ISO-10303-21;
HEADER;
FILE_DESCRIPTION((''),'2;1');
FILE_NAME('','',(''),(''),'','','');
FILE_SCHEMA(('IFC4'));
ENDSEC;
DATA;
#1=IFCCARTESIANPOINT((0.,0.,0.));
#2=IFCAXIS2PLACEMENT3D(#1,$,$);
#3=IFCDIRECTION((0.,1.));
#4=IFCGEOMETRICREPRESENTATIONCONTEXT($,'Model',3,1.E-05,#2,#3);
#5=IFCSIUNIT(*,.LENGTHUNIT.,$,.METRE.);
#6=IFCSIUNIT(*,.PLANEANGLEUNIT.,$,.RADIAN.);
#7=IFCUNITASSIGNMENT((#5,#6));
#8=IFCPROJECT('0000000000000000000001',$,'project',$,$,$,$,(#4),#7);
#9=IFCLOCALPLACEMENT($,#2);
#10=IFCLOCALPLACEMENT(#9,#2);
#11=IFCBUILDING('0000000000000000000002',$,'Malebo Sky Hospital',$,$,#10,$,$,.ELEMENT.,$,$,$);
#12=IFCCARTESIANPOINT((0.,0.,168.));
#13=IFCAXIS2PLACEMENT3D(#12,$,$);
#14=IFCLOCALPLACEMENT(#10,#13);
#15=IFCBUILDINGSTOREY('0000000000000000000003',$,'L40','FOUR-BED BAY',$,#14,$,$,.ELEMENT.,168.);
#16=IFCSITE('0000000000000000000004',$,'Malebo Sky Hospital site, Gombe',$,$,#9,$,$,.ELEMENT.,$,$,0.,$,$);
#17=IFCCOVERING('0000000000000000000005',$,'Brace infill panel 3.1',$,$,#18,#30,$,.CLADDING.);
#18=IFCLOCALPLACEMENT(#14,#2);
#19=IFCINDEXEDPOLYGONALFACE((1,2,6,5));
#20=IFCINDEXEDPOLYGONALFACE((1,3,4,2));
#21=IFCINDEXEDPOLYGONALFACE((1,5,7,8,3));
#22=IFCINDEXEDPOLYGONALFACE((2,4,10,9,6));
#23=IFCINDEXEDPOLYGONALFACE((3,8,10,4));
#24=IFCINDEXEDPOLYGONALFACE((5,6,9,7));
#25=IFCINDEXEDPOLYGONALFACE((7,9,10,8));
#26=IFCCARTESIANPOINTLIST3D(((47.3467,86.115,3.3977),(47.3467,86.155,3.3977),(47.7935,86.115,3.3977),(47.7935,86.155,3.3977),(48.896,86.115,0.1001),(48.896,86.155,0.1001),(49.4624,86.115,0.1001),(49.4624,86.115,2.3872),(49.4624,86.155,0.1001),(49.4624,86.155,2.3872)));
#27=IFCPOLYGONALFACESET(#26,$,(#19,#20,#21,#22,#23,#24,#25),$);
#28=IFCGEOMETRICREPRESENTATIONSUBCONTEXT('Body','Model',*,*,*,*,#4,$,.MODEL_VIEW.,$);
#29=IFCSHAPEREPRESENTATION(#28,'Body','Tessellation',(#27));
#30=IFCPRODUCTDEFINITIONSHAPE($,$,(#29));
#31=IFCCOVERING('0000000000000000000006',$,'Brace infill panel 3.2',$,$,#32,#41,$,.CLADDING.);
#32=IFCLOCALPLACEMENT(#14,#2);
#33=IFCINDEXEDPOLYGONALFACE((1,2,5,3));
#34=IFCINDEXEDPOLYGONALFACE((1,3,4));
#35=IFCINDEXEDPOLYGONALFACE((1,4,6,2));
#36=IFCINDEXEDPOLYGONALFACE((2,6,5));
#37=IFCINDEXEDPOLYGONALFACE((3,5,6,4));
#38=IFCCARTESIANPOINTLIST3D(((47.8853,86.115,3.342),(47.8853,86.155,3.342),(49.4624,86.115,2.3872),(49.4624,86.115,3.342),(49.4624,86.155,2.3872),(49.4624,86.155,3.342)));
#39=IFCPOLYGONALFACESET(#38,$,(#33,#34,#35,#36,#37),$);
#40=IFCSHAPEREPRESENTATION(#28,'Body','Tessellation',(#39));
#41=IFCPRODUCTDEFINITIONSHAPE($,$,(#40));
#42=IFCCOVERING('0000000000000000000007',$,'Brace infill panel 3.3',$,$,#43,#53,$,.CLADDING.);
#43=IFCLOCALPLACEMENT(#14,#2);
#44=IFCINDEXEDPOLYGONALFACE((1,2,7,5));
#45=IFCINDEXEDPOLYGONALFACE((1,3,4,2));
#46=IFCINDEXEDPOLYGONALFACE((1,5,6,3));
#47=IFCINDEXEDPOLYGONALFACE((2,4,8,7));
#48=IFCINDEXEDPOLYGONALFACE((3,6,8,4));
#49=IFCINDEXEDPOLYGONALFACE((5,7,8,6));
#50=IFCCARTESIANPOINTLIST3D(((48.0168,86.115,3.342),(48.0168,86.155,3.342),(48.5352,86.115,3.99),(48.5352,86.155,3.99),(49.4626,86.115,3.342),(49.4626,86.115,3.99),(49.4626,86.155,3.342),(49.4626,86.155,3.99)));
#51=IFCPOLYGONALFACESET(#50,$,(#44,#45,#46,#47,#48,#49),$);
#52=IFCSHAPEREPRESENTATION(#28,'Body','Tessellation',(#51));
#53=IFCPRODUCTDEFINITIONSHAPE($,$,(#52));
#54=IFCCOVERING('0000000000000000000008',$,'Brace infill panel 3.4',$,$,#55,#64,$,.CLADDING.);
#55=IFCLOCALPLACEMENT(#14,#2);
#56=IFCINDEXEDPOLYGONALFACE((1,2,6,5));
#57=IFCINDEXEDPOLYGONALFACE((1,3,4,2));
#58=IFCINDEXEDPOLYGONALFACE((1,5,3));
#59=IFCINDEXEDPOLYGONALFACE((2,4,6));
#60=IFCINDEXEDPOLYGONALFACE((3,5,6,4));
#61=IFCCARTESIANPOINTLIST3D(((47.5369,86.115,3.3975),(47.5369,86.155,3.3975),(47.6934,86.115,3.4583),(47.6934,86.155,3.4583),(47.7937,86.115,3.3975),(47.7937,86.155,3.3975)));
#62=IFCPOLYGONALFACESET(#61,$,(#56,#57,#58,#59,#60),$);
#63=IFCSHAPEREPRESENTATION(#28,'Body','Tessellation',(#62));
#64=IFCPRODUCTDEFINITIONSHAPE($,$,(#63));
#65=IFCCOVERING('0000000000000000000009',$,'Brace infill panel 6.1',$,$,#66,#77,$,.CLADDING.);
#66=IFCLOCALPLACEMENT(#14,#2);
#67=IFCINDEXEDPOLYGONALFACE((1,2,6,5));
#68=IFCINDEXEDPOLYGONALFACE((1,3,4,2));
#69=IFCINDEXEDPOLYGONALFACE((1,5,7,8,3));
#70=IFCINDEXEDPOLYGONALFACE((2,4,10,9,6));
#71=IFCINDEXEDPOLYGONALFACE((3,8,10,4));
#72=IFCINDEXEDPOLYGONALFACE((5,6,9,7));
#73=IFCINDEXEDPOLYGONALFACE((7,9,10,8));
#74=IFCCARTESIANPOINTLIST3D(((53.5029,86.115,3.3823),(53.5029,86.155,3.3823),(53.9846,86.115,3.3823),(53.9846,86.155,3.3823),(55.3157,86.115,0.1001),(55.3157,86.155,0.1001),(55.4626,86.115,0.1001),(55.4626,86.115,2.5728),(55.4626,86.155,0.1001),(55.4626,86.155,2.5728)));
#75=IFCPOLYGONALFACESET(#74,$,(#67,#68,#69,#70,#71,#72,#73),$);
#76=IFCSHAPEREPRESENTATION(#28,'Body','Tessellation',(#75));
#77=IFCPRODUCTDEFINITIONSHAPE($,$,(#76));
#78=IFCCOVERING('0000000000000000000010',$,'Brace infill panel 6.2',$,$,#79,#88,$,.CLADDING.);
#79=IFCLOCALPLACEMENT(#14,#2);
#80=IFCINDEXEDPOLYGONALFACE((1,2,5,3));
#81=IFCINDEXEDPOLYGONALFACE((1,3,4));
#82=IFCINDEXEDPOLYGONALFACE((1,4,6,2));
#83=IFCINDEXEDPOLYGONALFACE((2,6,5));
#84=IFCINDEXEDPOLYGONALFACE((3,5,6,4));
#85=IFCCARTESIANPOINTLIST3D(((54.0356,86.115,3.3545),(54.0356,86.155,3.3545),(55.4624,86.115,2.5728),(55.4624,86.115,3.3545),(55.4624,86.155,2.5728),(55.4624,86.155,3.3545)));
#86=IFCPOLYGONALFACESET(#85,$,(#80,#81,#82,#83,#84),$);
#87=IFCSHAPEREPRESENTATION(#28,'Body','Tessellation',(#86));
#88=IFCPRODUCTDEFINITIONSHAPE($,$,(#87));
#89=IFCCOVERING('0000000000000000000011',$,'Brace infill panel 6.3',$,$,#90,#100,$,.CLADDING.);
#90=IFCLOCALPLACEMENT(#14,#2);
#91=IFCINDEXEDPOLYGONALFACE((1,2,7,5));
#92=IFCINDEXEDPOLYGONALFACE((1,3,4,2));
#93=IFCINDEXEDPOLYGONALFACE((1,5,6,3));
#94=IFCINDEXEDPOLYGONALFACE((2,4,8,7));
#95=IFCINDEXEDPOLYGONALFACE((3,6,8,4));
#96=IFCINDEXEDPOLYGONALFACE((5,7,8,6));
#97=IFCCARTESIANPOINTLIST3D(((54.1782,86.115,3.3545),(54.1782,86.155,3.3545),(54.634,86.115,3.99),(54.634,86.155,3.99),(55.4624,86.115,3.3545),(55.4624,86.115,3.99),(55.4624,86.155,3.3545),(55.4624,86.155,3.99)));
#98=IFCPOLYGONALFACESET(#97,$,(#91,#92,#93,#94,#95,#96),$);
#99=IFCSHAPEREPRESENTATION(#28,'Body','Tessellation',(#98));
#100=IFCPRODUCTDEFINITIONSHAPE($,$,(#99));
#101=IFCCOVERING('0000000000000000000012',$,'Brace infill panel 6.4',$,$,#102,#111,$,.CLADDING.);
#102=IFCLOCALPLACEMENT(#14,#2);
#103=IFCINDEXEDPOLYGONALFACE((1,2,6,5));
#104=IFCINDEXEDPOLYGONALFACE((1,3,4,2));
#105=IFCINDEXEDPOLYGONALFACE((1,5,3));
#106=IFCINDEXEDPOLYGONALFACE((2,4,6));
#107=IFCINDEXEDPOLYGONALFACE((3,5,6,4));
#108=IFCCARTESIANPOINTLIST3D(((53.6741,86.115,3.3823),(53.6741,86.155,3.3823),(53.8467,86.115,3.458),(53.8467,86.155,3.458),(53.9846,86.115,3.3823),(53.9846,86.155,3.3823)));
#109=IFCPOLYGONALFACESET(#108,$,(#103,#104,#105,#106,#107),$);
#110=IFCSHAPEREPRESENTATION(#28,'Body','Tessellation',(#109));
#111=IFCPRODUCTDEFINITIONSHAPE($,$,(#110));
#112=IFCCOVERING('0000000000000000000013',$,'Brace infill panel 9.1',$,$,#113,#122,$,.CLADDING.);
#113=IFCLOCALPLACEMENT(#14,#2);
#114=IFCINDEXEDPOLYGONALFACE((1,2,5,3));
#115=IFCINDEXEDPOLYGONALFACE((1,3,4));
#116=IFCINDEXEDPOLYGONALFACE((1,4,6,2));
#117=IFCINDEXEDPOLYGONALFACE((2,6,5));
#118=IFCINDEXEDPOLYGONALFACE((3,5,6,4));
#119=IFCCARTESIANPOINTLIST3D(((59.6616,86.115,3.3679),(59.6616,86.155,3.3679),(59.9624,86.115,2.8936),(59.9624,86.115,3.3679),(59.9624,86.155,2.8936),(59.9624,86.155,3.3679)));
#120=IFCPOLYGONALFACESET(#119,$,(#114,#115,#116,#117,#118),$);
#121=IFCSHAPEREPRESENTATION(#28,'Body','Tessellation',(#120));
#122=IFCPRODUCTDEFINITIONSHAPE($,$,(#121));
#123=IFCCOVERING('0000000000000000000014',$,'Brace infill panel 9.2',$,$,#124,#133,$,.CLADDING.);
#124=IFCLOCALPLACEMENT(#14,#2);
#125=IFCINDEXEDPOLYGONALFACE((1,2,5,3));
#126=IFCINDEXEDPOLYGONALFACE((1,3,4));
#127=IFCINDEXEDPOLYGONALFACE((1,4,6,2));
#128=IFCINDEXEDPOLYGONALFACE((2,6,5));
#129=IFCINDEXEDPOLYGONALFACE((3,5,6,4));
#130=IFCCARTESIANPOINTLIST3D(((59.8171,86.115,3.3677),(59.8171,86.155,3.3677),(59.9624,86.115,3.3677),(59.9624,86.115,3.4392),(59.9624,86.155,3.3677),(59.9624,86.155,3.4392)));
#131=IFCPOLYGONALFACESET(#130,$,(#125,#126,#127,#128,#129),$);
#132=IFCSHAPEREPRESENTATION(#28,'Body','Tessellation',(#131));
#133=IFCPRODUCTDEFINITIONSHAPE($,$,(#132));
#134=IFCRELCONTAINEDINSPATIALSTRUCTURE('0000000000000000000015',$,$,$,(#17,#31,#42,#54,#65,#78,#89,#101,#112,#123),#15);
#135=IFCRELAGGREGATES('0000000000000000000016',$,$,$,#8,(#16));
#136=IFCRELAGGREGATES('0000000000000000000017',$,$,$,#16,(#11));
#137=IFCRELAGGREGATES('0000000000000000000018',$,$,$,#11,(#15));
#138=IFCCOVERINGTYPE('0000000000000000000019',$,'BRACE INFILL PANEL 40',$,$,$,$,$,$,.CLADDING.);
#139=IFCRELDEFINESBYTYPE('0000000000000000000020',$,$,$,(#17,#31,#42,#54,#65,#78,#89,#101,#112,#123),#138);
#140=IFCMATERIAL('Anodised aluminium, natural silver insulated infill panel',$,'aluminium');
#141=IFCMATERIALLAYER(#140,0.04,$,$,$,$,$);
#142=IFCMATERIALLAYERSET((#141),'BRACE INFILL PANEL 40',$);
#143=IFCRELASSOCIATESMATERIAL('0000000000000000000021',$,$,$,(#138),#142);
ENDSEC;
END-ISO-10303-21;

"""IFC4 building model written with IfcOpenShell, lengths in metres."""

from ifc_helpers import new_model, si_unit, direction, frame, origin, place, context, subcontext, project, spatial, polyline, outline, extrude, material, layer, layer_set, type_object, element, save


model = new_model("IFC4")

# Units and contexts
model_context = context("Model", 3, precision=1e-05, world=origin(), true_north=direction((0.0, 1.0)))
body_context = subcontext(model_context, "Body", "Model", "MODEL_VIEW")
ifc_project = project(units=[si_unit("LENGTHUNIT", "METRE"), si_unit("PLANEANGLEUNIT", "RADIAN")], contexts=[model_context])

# Site, building, storey
site_placement = place(None, origin())
site = spatial("IfcSite", under=ifc_project, at=site_placement, Name="Malebo Sky Hospital site, Gombe", CompositionType="ELEMENT", RefElevation=0.0)
building_placement = place(site_placement, origin())
building = spatial("IfcBuilding", under=site, at=building_placement, Name="Malebo Sky Hospital", CompositionType="ELEMENT")
storey_placement = place(building_placement, frame((0.0, 0.0, 168.0)))
storey = spatial("IfcBuildingStorey", under=building, at=storey_placement, Name="L40", Description="FOUR-BED BAY", CompositionType="ELEMENT", Elevation=168.0)

# Coverings
ifc_material_1 = material(Name="Anodised aluminium, natural silver insulated infill panel", Category="aluminium")
ifc_layer_1 = layer(ifc_material_1, 0.04)
ifc_layer_set_1 = layer_set([ifc_layer_1], Name="BRACE INFILL PANEL 40")
covering_type = type_object("IfcCoveringType", Name="BRACE INFILL PANEL 40", PredefinedType="CLADDING", material=ifc_layer_set_1)
covering_1_placement = place(storey_placement, frame((48.4045, 86.135, 0.1001), z_axis=(0.0, 0.0, 1.0), x_axis=(1.0, 0.0, 0.0)))
element("IfcCovering", 1, at=covering_1_placement, inside=storey, type_object=covering_type, Name="Brace infill panel 3.1", PredefinedType="CLADDING", context=body_context, shape_type="SweptSolid", body=[
    extrude(outline(polyline([(0.4915, 0.0), (1.0579, 0.0), (1.0579, 2.2871), (-0.6111, 3.2976), (-1.0579, 3.2976), (0.4915, 0.0)])), frame((0.0, 0.02, 0.0), z_axis=(0.0, -1.0, 0.0), x_axis=(1.0, 0.0, 0.0)), (0.0, 0.0, 1.0), 0.04),
])
covering_2_placement = place(storey_placement, frame((48.6738, 86.135, 2.3872), z_axis=(0.0, 0.0, 1.0), x_axis=(1.0, 0.0, 0.0)))
element("IfcCovering", 2, at=covering_2_placement, inside=storey, type_object=covering_type, Name="Brace infill panel 3.2", PredefinedType="CLADDING", context=body_context, shape_type="SweptSolid", body=[
    extrude(outline(polyline([(0.7886, 0.0), (0.7886, 0.9548), (-0.7886, 0.9548), (0.7886, 0.0)])), frame((0.0, 0.02, 0.0), z_axis=(0.0, -1.0, 0.0), x_axis=(1.0, 0.0, 0.0)), (0.0, 0.0, 1.0), 0.04),
])
covering_3_placement = place(storey_placement, frame((48.7397, 86.135, 3.342), z_axis=(0.0, 0.0, 1.0), x_axis=(1.0, 0.0, 0.0)))
element("IfcCovering", 3, at=covering_3_placement, inside=storey, type_object=covering_type, Name="Brace infill panel 3.3", PredefinedType="CLADDING", context=body_context, shape_type="SweptSolid", body=[
    extrude(outline(polyline([(-0.7229, 0.0), (0.7229, 0.0), (0.7229, 0.6479), (-0.2046, 0.6479), (-0.7229, 0.0)])), frame((0.0, 0.02, 0.0), z_axis=(0.0, -1.0, 0.0), x_axis=(1.0, 0.0, 0.0)), (0.0, 0.0, 1.0), 0.04),
])
covering_4_placement = place(storey_placement, frame((47.6653, 86.135, 3.3975), z_axis=(0.0, 0.0, 1.0), x_axis=(1.0, 0.0, 0.0)))
element("IfcCovering", 4, at=covering_4_placement, inside=storey, type_object=covering_type, Name="Brace infill panel 3.4", PredefinedType="CLADDING", context=body_context, shape_type="SweptSolid", body=[
    extrude(outline(polyline([(-0.1284, 0.0), (0.1284, 0.0), (0.0281, 0.0608), (-0.1284, 0.0)])), frame((0.0, 0.02, 0.0), z_axis=(0.0, -1.0, 0.0), x_axis=(1.0, 0.0, 0.0)), (0.0, 0.0, 1.0), 0.04),
])
covering_5_placement = place(storey_placement, frame((54.4827, 86.135, 0.1001), z_axis=(0.0, 0.0, 1.0), x_axis=(1.0, 0.0, 0.0)))
element("IfcCovering", 5, at=covering_5_placement, inside=storey, type_object=covering_type, Name="Brace infill panel 6.1", PredefinedType="CLADDING", context=body_context, shape_type="SweptSolid", body=[
    extrude(outline(polyline([(0.833, 0.0), (0.98, 0.0), (0.98, 2.4727), (-0.498, 3.2822), (-0.9797, 3.2822), (0.833, 0.0)])), frame((0.0, 0.02, 0.0), z_axis=(0.0, -1.0, 0.0), x_axis=(1.0, 0.0, 0.0)), (0.0, 0.0, 1.0), 0.04),
])
covering_6_placement = place(storey_placement, frame((54.749, 86.135, 2.5728), z_axis=(0.0, 0.0, 1.0), x_axis=(1.0, 0.0, 0.0)))
element("IfcCovering", 6, at=covering_6_placement, inside=storey, type_object=covering_type, Name="Brace infill panel 6.2", PredefinedType="CLADDING", context=body_context, shape_type="SweptSolid", body=[
    extrude(outline(polyline([(0.7134, 0.0), (0.7134, 0.7817), (-0.7134, 0.7817), (0.7134, 0.0)])), frame((0.0, 0.02, 0.0), z_axis=(0.0, -1.0, 0.0), x_axis=(1.0, 0.0, 0.0)), (0.0, 0.0, 1.0), 0.04),
])
covering_7_placement = place(storey_placement, frame((54.8203, 86.135, 3.3545), z_axis=(0.0, 0.0, 1.0), x_axis=(1.0, 0.0, 0.0)))
element("IfcCovering", 7, at=covering_7_placement, inside=storey, type_object=covering_type, Name="Brace infill panel 6.3", PredefinedType="CLADDING", context=body_context, shape_type="SweptSolid", body=[
    extrude(outline(polyline([(-0.6421, 0.0), (0.6421, 0.0), (0.6421, 0.6355), (-0.1863, 0.6355), (-0.6421, 0.0)])), frame((0.0, 0.02, 0.0), z_axis=(0.0, -1.0, 0.0), x_axis=(1.0, 0.0, 0.0)), (0.0, 0.0, 1.0), 0.04),
])
covering_8_placement = place(storey_placement, frame((53.8293, 86.135, 3.3823), z_axis=(0.0, 0.0, 1.0), x_axis=(1.0, 0.0, 0.0)))
element("IfcCovering", 8, at=covering_8_placement, inside=storey, type_object=covering_type, Name="Brace infill panel 6.4", PredefinedType="CLADDING", context=body_context, shape_type="SweptSolid", body=[
    extrude(outline(polyline([(-0.1553, 0.0), (0.1553, 0.0), (0.0173, 0.0757), (-0.1553, 0.0)])), frame((0.0, 0.02, 0.0), z_axis=(0.0, -1.0, 0.0), x_axis=(1.0, 0.0, 0.0)), (0.0, 0.0, 1.0), 0.04),
])
covering_9_placement = place(storey_placement, frame((59.812, 86.135, 2.8936), z_axis=(0.0, 0.0, 1.0), x_axis=(1.0, 0.0, 0.0)))
element("IfcCovering", 9, at=covering_9_placement, inside=storey, type_object=covering_type, Name="Brace infill panel 9.1", PredefinedType="CLADDING", context=body_context, shape_type="SweptSolid", body=[
    extrude(outline(polyline([(0.1504, 0.0), (0.1504, 0.4744), (-0.1504, 0.4744), (0.1504, 0.0)])), frame((0.0, 0.02, 0.0), z_axis=(0.0, -1.0, 0.0), x_axis=(1.0, 0.0, 0.0)), (0.0, 0.0, 1.0), 0.04),
])
covering_10_placement = place(storey_placement, frame((59.8899, 86.135, 3.3677), z_axis=(0.0, 0.0, 1.0), x_axis=(1.0, 0.0, 0.0)))
element("IfcCovering", 10, at=covering_10_placement, inside=storey, type_object=covering_type, Name="Brace infill panel 9.2", PredefinedType="CLADDING", context=body_context, shape_type="SweptSolid", body=[
    extrude(outline(polyline([(-0.0728, 0.0), (0.0725, 0.0), (0.0725, 0.0715), (-0.0728, 0.0)])), frame((0.0, 0.02, 0.0), z_axis=(0.0, -1.0, 0.0), x_axis=(1.0, 0.0, 0.0)), (0.0, 0.0, 1.0), 0.04),
])

save(model, "model.ifc")
